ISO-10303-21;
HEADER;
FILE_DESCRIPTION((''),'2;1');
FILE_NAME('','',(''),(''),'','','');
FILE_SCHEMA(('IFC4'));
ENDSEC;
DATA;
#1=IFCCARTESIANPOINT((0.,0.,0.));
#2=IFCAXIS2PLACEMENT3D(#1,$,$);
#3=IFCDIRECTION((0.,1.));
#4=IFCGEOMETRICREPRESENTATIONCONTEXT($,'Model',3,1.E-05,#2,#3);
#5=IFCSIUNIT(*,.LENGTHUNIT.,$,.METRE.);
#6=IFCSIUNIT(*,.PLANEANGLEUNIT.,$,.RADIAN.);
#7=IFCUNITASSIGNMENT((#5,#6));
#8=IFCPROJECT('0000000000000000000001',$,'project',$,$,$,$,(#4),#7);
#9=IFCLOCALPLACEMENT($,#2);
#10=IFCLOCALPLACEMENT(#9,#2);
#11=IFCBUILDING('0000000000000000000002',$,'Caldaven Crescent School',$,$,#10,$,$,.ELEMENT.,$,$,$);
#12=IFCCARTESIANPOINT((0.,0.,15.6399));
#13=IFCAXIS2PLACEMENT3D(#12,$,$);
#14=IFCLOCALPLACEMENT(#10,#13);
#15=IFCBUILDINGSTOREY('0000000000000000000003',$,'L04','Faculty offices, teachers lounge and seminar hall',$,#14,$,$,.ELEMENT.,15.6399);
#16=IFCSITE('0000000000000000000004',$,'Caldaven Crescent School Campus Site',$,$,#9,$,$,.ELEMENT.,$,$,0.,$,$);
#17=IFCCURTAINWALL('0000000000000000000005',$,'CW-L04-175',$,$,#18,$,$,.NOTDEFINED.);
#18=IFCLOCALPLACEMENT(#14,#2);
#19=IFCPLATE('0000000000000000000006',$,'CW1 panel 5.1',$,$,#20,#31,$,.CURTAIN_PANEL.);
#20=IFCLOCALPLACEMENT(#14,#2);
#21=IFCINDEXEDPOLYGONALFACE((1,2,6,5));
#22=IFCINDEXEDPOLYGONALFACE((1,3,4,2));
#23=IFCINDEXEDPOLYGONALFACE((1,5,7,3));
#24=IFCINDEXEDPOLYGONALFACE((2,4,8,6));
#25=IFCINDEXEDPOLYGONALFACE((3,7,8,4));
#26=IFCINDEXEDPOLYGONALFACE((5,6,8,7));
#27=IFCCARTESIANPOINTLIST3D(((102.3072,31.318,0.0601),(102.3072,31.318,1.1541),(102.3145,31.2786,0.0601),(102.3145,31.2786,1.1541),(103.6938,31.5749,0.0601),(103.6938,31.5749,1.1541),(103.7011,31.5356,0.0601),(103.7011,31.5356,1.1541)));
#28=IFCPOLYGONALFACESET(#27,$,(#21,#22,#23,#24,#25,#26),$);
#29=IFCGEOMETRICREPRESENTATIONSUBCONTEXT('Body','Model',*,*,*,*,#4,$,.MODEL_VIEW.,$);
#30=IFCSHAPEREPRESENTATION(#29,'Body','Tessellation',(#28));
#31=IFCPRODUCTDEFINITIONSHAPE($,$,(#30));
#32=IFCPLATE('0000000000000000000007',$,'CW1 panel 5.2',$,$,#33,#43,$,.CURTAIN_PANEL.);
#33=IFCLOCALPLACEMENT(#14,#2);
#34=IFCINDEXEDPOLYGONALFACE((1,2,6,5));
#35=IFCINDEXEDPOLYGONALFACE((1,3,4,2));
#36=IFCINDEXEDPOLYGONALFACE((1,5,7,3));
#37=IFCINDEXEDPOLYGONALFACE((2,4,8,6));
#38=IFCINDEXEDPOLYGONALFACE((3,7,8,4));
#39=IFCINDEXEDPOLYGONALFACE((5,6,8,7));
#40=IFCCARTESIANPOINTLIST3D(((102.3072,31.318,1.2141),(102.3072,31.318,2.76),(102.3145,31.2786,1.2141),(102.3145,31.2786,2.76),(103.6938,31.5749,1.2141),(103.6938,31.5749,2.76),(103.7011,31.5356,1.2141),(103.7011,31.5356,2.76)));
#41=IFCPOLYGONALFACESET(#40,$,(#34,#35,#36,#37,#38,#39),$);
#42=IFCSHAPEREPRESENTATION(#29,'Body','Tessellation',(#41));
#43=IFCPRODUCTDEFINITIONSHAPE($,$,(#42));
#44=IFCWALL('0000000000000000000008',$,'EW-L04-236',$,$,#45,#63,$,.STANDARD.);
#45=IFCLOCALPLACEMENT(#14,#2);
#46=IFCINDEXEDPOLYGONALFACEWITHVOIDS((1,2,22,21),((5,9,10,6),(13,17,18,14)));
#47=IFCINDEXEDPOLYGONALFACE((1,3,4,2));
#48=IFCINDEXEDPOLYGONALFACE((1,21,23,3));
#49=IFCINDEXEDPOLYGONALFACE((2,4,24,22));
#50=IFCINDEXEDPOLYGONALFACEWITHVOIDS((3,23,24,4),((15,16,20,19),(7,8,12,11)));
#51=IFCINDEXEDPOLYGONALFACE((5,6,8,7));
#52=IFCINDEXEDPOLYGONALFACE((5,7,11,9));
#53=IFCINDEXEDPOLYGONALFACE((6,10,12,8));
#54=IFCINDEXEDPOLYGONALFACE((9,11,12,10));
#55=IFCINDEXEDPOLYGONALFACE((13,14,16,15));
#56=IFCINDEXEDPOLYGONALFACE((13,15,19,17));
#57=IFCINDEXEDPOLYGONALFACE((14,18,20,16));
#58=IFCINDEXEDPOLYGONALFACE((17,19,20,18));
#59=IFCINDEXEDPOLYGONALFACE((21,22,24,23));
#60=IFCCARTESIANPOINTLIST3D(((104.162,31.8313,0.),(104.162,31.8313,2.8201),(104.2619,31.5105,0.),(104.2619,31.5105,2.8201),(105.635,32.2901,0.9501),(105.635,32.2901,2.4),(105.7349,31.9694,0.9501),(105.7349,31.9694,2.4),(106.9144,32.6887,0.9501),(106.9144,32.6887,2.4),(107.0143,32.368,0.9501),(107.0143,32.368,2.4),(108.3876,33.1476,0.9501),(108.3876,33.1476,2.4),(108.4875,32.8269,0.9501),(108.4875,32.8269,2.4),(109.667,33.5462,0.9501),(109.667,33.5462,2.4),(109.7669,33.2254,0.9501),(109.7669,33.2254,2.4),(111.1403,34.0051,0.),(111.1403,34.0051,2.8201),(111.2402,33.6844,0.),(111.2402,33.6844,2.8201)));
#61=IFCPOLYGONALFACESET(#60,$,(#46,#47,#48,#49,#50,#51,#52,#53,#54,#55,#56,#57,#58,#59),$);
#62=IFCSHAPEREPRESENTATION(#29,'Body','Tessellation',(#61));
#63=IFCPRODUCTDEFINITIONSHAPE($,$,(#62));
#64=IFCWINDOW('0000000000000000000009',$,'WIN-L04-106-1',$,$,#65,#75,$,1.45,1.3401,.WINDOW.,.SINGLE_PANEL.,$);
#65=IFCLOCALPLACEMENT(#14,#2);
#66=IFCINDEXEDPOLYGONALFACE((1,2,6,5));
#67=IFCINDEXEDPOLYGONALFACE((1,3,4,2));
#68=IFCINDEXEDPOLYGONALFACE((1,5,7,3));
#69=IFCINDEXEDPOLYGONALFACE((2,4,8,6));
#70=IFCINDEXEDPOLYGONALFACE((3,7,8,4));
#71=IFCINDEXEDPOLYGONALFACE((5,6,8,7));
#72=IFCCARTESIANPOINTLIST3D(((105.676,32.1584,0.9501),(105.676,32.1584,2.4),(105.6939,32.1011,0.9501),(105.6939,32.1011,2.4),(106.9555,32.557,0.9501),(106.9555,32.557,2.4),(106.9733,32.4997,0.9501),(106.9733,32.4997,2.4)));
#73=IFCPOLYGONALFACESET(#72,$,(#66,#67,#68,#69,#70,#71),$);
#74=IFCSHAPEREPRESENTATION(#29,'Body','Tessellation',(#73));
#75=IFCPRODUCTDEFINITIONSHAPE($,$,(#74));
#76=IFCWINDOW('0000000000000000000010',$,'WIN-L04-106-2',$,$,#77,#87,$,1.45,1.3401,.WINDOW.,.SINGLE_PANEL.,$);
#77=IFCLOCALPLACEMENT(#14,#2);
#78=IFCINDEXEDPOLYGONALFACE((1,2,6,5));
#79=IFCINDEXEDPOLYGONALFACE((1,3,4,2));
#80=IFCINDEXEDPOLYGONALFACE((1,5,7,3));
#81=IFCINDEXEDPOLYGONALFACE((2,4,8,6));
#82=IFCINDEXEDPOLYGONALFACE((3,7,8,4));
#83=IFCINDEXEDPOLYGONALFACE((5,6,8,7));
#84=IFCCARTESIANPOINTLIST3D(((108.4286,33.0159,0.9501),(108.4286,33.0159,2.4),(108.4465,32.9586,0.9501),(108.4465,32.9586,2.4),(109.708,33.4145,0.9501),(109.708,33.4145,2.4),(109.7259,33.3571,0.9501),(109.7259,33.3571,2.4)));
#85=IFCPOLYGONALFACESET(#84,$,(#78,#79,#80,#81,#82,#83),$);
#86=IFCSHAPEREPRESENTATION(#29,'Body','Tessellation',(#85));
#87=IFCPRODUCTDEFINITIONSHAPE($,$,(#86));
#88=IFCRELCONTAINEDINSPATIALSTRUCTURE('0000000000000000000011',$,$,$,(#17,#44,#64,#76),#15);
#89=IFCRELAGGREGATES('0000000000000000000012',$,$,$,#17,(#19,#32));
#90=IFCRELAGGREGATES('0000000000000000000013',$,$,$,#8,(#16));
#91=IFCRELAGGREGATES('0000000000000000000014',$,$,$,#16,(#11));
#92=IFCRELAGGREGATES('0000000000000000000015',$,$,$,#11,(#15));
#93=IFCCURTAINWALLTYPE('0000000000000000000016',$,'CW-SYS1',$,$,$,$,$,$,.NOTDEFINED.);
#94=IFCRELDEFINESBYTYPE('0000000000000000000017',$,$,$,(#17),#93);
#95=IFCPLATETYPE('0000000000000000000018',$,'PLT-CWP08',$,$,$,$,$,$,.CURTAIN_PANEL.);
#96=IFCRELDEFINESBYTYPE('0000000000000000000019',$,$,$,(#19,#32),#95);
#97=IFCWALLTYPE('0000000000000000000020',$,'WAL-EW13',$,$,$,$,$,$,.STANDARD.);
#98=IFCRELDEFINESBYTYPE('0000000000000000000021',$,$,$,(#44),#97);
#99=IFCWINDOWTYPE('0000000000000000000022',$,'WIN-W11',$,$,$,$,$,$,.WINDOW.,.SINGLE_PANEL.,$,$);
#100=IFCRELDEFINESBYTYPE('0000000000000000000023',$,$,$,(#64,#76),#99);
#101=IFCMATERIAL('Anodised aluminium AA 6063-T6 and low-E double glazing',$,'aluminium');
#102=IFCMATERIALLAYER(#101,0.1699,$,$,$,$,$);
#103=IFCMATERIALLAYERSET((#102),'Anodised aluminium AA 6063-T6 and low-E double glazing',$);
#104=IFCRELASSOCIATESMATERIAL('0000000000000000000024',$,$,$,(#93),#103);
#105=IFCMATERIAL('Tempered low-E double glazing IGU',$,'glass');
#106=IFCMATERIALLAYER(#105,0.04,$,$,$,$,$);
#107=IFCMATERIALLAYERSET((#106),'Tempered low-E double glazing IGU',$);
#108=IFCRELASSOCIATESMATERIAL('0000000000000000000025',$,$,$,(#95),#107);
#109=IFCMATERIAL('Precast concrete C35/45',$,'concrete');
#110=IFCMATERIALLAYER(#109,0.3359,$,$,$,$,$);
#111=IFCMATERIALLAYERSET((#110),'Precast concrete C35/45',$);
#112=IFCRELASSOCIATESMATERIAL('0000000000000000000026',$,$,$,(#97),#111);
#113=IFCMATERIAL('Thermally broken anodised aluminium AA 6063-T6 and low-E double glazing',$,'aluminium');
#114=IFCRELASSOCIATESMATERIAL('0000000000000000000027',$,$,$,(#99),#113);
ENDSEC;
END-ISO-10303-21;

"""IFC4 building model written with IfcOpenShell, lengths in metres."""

from ifc_helpers import new_model, si_unit, direction, frame, frame_2d, origin, origin_2d, place, context, subcontext, project, spatial, rectangle, extrude, material, layer, layer_set, type_object, element, fill, aggregate, save


model = new_model("IFC4")

# Units and contexts
model_context = context("Model", 3, precision=1e-05, world=origin(), true_north=direction((0.0, 1.0)))
body_context = subcontext(model_context, "Body", "Model", "MODEL_VIEW")
ifc_project = project(units=[si_unit("LENGTHUNIT", "METRE"), si_unit("PLANEANGLEUNIT", "RADIAN")], contexts=[model_context])

# Site, building, storey
site_placement = place(None, origin())
site = spatial("IfcSite", under=ifc_project, at=site_placement, Name="Caldaven Crescent School Campus Site", CompositionType="ELEMENT", RefElevation=0.0)
building_placement = place(site_placement, origin())
building = spatial("IfcBuilding", under=site, at=building_placement, Name="Caldaven Crescent School", CompositionType="ELEMENT")
storey_placement = place(building_placement, frame((0.0, 0.0, 15.6399)))
storey = spatial("IfcBuildingStorey", under=building, at=storey_placement, Name="L04", Description="Faculty offices, teachers lounge and seminar hall", CompositionType="ELEMENT", Elevation=15.6399)

# Curtain wall
ifc_material_1 = material(Name="Anodised aluminium AA 6063-T6 and low-E double glazing", Category="aluminium")
ifc_layer_1 = layer(ifc_material_1, 0.1699)
ifc_layer_set_1 = layer_set([ifc_layer_1], Name="Anodised aluminium AA 6063-T6 and low-E double glazing")
curtain_wall_type = type_object("IfcCurtainWallType", Name="CW-SYS1", PredefinedType="NOTDEFINED", material=ifc_layer_set_1)
curtain_wall_placement = place(storey_placement, origin())
curtain_wall = element("IfcCurtainWall", 1, at=curtain_wall_placement, inside=storey, type_object=curtain_wall_type, Name="CW-L04-175", PredefinedType="NOTDEFINED")

# Plates
ifc_material_2 = material(Name="Tempered low-E double glazing IGU", Category="glass")
ifc_layer_2 = layer(ifc_material_2, 0.04)
ifc_layer_set_2 = layer_set([ifc_layer_2], Name="Tempered low-E double glazing IGU")
plate_type_1 = type_object("IfcPlateType", Name="PLT-CWP08", PredefinedType="CURTAIN_PANEL", material=ifc_layer_set_2)
plate_1_placement = place(storey_placement, frame((103.0042, 31.4268, 0.0601), z_axis=(0.0, 0.0, 1.0), x_axis=(0.983255, 0.182236, 0.0)))
plate_1 = element("IfcPlate", 2, at=plate_1_placement, type_object=plate_type_1, Name="CW1 panel 5.1", PredefinedType="CURTAIN_PANEL", context=body_context, shape_type="SweptSolid", body=[
    extrude(rectangle(XDim=1.4102, YDim=0.04, at=origin_2d()), origin(), (0.0, 0.0, 1.0), 1.094),
])
plate_2_placement = place(storey_placement, frame((103.0042, 31.4268, 1.2141), z_axis=(0.0, 0.0, 1.0), x_axis=(0.983255, 0.182236, 0.0)))
plate_2 = element("IfcPlate", 3, at=plate_2_placement, type_object=plate_type_1, Name="CW1 panel 5.2", PredefinedType="CURTAIN_PANEL", context=body_context, shape_type="SweptSolid", body=[
    extrude(rectangle(XDim=1.4102, YDim=0.04, at=origin_2d()), origin(), (0.0, 0.0, 1.0), 1.5459),
])
aggregate(curtain_wall, [plate_1, plate_2])

# Wall, openings, windows
ifc_material_3 = material(Name="Precast concrete C35/45", Category="concrete")
ifc_layer_3 = layer(ifc_material_3, 0.3359)
ifc_layer_set_3 = layer_set([ifc_layer_3], Name="Precast concrete C35/45")
wall_type = type_object("IfcWallType", Name="WAL-EW13", PredefinedType="STANDARD", material=ifc_layer_set_3)
wall_placement = place(storey_placement, frame((104.2119, 31.6709, 0.0), z_axis=(0.0, 0.0, 1.0), x_axis=(0.954748, 0.297417, 0.0)))
wall = element("IfcWall", 4, at=wall_placement, inside=storey, type_object=wall_type, Name="EW-L04-236", PredefinedType="STANDARD", context=body_context, shape_type="SweptSolid", body=[
    extrude(rectangle(XDim=7.3091, YDim=0.3359, at=frame_2d((3.6545, 0.0))), origin(), (0.0, 0.0, 1.0), 2.8201),
])
opening_1_placement = place(wall_placement, frame((1.543, 0.0, 0.95)))
opening_1 = element("IfcOpeningElement", 5, at=opening_1_placement, cuts=wall, PredefinedType="OPENING", context=body_context, shape_type="SweptSolid", body=[
    extrude(rectangle(XDim=1.3401, YDim=1.45, at=frame_2d((0.6699, 0.7251))), frame((0.0, 0.178, 0.0), z_axis=(0.0, -1.0, 0.0), x_axis=(1.0, 0.0, 0.0)), (0.0, 0.0, 1.0), 0.356),
])
opening_2_placement = place(wall_placement, frame((4.426, 0.0, 0.95)))
opening_2 = element("IfcOpeningElement", 6, at=opening_2_placement, cuts=wall, PredefinedType="OPENING", context=body_context, shape_type="SweptSolid", body=[
    extrude(rectangle(XDim=1.3401, YDim=1.45, at=frame_2d((0.6699, 0.7251))), frame((0.0, 0.178, 0.0), z_axis=(0.0, -1.0, 0.0), x_axis=(1.0, 0.0, 0.0)), (0.0, 0.0, 1.0), 0.356),
])
ifc_material_4 = material(Name="Thermally broken anodised aluminium AA 6063-T6 and low-E double glazing", Category="aluminium")
window_type = type_object("IfcWindowType", Name="WIN-W11", PartitioningType="SINGLE_PANEL", PredefinedType="WINDOW", material=ifc_material_4)
window_1_placement = place(opening_1_placement, origin())
window_1 = element("IfcWindow", 7, at=window_1_placement, inside=storey, type_object=window_type, Name="WIN-L04-106-1", OverallHeight=1.45, OverallWidth=1.3401, PartitioningType="SINGLE_PANEL", PredefinedType="WINDOW", context=body_context, shape_type="SweptSolid", body=[
    extrude(rectangle(XDim=1.3401, YDim=1.45, at=frame_2d((0.6699, 0.7251))), frame((0.0, 0.03, 0.0), z_axis=(0.0, -1.0, 0.0), x_axis=(1.0, 0.0, 0.0)), (0.0, 0.0, 1.0), 0.0601),
])
fill(opening_1, window_1)
window_2_placement = place(opening_2_placement, origin())
window_2 = element("IfcWindow", 8, at=window_2_placement, inside=storey, type_object=window_type, Name="WIN-L04-106-2", OverallHeight=1.45, OverallWidth=1.3401, PartitioningType="SINGLE_PANEL", PredefinedType="WINDOW", context=body_context, shape_type="SweptSolid", body=[
    extrude(rectangle(XDim=1.3401, YDim=1.45, at=frame_2d((0.6699, 0.7251))), frame((0.0, 0.03, 0.0), z_axis=(0.0, -1.0, 0.0), x_axis=(1.0, 0.0, 0.0)), (0.0, 0.0, 1.0), 0.0601),
])
fill(opening_2, window_2)

save(model, "model.ifc")
